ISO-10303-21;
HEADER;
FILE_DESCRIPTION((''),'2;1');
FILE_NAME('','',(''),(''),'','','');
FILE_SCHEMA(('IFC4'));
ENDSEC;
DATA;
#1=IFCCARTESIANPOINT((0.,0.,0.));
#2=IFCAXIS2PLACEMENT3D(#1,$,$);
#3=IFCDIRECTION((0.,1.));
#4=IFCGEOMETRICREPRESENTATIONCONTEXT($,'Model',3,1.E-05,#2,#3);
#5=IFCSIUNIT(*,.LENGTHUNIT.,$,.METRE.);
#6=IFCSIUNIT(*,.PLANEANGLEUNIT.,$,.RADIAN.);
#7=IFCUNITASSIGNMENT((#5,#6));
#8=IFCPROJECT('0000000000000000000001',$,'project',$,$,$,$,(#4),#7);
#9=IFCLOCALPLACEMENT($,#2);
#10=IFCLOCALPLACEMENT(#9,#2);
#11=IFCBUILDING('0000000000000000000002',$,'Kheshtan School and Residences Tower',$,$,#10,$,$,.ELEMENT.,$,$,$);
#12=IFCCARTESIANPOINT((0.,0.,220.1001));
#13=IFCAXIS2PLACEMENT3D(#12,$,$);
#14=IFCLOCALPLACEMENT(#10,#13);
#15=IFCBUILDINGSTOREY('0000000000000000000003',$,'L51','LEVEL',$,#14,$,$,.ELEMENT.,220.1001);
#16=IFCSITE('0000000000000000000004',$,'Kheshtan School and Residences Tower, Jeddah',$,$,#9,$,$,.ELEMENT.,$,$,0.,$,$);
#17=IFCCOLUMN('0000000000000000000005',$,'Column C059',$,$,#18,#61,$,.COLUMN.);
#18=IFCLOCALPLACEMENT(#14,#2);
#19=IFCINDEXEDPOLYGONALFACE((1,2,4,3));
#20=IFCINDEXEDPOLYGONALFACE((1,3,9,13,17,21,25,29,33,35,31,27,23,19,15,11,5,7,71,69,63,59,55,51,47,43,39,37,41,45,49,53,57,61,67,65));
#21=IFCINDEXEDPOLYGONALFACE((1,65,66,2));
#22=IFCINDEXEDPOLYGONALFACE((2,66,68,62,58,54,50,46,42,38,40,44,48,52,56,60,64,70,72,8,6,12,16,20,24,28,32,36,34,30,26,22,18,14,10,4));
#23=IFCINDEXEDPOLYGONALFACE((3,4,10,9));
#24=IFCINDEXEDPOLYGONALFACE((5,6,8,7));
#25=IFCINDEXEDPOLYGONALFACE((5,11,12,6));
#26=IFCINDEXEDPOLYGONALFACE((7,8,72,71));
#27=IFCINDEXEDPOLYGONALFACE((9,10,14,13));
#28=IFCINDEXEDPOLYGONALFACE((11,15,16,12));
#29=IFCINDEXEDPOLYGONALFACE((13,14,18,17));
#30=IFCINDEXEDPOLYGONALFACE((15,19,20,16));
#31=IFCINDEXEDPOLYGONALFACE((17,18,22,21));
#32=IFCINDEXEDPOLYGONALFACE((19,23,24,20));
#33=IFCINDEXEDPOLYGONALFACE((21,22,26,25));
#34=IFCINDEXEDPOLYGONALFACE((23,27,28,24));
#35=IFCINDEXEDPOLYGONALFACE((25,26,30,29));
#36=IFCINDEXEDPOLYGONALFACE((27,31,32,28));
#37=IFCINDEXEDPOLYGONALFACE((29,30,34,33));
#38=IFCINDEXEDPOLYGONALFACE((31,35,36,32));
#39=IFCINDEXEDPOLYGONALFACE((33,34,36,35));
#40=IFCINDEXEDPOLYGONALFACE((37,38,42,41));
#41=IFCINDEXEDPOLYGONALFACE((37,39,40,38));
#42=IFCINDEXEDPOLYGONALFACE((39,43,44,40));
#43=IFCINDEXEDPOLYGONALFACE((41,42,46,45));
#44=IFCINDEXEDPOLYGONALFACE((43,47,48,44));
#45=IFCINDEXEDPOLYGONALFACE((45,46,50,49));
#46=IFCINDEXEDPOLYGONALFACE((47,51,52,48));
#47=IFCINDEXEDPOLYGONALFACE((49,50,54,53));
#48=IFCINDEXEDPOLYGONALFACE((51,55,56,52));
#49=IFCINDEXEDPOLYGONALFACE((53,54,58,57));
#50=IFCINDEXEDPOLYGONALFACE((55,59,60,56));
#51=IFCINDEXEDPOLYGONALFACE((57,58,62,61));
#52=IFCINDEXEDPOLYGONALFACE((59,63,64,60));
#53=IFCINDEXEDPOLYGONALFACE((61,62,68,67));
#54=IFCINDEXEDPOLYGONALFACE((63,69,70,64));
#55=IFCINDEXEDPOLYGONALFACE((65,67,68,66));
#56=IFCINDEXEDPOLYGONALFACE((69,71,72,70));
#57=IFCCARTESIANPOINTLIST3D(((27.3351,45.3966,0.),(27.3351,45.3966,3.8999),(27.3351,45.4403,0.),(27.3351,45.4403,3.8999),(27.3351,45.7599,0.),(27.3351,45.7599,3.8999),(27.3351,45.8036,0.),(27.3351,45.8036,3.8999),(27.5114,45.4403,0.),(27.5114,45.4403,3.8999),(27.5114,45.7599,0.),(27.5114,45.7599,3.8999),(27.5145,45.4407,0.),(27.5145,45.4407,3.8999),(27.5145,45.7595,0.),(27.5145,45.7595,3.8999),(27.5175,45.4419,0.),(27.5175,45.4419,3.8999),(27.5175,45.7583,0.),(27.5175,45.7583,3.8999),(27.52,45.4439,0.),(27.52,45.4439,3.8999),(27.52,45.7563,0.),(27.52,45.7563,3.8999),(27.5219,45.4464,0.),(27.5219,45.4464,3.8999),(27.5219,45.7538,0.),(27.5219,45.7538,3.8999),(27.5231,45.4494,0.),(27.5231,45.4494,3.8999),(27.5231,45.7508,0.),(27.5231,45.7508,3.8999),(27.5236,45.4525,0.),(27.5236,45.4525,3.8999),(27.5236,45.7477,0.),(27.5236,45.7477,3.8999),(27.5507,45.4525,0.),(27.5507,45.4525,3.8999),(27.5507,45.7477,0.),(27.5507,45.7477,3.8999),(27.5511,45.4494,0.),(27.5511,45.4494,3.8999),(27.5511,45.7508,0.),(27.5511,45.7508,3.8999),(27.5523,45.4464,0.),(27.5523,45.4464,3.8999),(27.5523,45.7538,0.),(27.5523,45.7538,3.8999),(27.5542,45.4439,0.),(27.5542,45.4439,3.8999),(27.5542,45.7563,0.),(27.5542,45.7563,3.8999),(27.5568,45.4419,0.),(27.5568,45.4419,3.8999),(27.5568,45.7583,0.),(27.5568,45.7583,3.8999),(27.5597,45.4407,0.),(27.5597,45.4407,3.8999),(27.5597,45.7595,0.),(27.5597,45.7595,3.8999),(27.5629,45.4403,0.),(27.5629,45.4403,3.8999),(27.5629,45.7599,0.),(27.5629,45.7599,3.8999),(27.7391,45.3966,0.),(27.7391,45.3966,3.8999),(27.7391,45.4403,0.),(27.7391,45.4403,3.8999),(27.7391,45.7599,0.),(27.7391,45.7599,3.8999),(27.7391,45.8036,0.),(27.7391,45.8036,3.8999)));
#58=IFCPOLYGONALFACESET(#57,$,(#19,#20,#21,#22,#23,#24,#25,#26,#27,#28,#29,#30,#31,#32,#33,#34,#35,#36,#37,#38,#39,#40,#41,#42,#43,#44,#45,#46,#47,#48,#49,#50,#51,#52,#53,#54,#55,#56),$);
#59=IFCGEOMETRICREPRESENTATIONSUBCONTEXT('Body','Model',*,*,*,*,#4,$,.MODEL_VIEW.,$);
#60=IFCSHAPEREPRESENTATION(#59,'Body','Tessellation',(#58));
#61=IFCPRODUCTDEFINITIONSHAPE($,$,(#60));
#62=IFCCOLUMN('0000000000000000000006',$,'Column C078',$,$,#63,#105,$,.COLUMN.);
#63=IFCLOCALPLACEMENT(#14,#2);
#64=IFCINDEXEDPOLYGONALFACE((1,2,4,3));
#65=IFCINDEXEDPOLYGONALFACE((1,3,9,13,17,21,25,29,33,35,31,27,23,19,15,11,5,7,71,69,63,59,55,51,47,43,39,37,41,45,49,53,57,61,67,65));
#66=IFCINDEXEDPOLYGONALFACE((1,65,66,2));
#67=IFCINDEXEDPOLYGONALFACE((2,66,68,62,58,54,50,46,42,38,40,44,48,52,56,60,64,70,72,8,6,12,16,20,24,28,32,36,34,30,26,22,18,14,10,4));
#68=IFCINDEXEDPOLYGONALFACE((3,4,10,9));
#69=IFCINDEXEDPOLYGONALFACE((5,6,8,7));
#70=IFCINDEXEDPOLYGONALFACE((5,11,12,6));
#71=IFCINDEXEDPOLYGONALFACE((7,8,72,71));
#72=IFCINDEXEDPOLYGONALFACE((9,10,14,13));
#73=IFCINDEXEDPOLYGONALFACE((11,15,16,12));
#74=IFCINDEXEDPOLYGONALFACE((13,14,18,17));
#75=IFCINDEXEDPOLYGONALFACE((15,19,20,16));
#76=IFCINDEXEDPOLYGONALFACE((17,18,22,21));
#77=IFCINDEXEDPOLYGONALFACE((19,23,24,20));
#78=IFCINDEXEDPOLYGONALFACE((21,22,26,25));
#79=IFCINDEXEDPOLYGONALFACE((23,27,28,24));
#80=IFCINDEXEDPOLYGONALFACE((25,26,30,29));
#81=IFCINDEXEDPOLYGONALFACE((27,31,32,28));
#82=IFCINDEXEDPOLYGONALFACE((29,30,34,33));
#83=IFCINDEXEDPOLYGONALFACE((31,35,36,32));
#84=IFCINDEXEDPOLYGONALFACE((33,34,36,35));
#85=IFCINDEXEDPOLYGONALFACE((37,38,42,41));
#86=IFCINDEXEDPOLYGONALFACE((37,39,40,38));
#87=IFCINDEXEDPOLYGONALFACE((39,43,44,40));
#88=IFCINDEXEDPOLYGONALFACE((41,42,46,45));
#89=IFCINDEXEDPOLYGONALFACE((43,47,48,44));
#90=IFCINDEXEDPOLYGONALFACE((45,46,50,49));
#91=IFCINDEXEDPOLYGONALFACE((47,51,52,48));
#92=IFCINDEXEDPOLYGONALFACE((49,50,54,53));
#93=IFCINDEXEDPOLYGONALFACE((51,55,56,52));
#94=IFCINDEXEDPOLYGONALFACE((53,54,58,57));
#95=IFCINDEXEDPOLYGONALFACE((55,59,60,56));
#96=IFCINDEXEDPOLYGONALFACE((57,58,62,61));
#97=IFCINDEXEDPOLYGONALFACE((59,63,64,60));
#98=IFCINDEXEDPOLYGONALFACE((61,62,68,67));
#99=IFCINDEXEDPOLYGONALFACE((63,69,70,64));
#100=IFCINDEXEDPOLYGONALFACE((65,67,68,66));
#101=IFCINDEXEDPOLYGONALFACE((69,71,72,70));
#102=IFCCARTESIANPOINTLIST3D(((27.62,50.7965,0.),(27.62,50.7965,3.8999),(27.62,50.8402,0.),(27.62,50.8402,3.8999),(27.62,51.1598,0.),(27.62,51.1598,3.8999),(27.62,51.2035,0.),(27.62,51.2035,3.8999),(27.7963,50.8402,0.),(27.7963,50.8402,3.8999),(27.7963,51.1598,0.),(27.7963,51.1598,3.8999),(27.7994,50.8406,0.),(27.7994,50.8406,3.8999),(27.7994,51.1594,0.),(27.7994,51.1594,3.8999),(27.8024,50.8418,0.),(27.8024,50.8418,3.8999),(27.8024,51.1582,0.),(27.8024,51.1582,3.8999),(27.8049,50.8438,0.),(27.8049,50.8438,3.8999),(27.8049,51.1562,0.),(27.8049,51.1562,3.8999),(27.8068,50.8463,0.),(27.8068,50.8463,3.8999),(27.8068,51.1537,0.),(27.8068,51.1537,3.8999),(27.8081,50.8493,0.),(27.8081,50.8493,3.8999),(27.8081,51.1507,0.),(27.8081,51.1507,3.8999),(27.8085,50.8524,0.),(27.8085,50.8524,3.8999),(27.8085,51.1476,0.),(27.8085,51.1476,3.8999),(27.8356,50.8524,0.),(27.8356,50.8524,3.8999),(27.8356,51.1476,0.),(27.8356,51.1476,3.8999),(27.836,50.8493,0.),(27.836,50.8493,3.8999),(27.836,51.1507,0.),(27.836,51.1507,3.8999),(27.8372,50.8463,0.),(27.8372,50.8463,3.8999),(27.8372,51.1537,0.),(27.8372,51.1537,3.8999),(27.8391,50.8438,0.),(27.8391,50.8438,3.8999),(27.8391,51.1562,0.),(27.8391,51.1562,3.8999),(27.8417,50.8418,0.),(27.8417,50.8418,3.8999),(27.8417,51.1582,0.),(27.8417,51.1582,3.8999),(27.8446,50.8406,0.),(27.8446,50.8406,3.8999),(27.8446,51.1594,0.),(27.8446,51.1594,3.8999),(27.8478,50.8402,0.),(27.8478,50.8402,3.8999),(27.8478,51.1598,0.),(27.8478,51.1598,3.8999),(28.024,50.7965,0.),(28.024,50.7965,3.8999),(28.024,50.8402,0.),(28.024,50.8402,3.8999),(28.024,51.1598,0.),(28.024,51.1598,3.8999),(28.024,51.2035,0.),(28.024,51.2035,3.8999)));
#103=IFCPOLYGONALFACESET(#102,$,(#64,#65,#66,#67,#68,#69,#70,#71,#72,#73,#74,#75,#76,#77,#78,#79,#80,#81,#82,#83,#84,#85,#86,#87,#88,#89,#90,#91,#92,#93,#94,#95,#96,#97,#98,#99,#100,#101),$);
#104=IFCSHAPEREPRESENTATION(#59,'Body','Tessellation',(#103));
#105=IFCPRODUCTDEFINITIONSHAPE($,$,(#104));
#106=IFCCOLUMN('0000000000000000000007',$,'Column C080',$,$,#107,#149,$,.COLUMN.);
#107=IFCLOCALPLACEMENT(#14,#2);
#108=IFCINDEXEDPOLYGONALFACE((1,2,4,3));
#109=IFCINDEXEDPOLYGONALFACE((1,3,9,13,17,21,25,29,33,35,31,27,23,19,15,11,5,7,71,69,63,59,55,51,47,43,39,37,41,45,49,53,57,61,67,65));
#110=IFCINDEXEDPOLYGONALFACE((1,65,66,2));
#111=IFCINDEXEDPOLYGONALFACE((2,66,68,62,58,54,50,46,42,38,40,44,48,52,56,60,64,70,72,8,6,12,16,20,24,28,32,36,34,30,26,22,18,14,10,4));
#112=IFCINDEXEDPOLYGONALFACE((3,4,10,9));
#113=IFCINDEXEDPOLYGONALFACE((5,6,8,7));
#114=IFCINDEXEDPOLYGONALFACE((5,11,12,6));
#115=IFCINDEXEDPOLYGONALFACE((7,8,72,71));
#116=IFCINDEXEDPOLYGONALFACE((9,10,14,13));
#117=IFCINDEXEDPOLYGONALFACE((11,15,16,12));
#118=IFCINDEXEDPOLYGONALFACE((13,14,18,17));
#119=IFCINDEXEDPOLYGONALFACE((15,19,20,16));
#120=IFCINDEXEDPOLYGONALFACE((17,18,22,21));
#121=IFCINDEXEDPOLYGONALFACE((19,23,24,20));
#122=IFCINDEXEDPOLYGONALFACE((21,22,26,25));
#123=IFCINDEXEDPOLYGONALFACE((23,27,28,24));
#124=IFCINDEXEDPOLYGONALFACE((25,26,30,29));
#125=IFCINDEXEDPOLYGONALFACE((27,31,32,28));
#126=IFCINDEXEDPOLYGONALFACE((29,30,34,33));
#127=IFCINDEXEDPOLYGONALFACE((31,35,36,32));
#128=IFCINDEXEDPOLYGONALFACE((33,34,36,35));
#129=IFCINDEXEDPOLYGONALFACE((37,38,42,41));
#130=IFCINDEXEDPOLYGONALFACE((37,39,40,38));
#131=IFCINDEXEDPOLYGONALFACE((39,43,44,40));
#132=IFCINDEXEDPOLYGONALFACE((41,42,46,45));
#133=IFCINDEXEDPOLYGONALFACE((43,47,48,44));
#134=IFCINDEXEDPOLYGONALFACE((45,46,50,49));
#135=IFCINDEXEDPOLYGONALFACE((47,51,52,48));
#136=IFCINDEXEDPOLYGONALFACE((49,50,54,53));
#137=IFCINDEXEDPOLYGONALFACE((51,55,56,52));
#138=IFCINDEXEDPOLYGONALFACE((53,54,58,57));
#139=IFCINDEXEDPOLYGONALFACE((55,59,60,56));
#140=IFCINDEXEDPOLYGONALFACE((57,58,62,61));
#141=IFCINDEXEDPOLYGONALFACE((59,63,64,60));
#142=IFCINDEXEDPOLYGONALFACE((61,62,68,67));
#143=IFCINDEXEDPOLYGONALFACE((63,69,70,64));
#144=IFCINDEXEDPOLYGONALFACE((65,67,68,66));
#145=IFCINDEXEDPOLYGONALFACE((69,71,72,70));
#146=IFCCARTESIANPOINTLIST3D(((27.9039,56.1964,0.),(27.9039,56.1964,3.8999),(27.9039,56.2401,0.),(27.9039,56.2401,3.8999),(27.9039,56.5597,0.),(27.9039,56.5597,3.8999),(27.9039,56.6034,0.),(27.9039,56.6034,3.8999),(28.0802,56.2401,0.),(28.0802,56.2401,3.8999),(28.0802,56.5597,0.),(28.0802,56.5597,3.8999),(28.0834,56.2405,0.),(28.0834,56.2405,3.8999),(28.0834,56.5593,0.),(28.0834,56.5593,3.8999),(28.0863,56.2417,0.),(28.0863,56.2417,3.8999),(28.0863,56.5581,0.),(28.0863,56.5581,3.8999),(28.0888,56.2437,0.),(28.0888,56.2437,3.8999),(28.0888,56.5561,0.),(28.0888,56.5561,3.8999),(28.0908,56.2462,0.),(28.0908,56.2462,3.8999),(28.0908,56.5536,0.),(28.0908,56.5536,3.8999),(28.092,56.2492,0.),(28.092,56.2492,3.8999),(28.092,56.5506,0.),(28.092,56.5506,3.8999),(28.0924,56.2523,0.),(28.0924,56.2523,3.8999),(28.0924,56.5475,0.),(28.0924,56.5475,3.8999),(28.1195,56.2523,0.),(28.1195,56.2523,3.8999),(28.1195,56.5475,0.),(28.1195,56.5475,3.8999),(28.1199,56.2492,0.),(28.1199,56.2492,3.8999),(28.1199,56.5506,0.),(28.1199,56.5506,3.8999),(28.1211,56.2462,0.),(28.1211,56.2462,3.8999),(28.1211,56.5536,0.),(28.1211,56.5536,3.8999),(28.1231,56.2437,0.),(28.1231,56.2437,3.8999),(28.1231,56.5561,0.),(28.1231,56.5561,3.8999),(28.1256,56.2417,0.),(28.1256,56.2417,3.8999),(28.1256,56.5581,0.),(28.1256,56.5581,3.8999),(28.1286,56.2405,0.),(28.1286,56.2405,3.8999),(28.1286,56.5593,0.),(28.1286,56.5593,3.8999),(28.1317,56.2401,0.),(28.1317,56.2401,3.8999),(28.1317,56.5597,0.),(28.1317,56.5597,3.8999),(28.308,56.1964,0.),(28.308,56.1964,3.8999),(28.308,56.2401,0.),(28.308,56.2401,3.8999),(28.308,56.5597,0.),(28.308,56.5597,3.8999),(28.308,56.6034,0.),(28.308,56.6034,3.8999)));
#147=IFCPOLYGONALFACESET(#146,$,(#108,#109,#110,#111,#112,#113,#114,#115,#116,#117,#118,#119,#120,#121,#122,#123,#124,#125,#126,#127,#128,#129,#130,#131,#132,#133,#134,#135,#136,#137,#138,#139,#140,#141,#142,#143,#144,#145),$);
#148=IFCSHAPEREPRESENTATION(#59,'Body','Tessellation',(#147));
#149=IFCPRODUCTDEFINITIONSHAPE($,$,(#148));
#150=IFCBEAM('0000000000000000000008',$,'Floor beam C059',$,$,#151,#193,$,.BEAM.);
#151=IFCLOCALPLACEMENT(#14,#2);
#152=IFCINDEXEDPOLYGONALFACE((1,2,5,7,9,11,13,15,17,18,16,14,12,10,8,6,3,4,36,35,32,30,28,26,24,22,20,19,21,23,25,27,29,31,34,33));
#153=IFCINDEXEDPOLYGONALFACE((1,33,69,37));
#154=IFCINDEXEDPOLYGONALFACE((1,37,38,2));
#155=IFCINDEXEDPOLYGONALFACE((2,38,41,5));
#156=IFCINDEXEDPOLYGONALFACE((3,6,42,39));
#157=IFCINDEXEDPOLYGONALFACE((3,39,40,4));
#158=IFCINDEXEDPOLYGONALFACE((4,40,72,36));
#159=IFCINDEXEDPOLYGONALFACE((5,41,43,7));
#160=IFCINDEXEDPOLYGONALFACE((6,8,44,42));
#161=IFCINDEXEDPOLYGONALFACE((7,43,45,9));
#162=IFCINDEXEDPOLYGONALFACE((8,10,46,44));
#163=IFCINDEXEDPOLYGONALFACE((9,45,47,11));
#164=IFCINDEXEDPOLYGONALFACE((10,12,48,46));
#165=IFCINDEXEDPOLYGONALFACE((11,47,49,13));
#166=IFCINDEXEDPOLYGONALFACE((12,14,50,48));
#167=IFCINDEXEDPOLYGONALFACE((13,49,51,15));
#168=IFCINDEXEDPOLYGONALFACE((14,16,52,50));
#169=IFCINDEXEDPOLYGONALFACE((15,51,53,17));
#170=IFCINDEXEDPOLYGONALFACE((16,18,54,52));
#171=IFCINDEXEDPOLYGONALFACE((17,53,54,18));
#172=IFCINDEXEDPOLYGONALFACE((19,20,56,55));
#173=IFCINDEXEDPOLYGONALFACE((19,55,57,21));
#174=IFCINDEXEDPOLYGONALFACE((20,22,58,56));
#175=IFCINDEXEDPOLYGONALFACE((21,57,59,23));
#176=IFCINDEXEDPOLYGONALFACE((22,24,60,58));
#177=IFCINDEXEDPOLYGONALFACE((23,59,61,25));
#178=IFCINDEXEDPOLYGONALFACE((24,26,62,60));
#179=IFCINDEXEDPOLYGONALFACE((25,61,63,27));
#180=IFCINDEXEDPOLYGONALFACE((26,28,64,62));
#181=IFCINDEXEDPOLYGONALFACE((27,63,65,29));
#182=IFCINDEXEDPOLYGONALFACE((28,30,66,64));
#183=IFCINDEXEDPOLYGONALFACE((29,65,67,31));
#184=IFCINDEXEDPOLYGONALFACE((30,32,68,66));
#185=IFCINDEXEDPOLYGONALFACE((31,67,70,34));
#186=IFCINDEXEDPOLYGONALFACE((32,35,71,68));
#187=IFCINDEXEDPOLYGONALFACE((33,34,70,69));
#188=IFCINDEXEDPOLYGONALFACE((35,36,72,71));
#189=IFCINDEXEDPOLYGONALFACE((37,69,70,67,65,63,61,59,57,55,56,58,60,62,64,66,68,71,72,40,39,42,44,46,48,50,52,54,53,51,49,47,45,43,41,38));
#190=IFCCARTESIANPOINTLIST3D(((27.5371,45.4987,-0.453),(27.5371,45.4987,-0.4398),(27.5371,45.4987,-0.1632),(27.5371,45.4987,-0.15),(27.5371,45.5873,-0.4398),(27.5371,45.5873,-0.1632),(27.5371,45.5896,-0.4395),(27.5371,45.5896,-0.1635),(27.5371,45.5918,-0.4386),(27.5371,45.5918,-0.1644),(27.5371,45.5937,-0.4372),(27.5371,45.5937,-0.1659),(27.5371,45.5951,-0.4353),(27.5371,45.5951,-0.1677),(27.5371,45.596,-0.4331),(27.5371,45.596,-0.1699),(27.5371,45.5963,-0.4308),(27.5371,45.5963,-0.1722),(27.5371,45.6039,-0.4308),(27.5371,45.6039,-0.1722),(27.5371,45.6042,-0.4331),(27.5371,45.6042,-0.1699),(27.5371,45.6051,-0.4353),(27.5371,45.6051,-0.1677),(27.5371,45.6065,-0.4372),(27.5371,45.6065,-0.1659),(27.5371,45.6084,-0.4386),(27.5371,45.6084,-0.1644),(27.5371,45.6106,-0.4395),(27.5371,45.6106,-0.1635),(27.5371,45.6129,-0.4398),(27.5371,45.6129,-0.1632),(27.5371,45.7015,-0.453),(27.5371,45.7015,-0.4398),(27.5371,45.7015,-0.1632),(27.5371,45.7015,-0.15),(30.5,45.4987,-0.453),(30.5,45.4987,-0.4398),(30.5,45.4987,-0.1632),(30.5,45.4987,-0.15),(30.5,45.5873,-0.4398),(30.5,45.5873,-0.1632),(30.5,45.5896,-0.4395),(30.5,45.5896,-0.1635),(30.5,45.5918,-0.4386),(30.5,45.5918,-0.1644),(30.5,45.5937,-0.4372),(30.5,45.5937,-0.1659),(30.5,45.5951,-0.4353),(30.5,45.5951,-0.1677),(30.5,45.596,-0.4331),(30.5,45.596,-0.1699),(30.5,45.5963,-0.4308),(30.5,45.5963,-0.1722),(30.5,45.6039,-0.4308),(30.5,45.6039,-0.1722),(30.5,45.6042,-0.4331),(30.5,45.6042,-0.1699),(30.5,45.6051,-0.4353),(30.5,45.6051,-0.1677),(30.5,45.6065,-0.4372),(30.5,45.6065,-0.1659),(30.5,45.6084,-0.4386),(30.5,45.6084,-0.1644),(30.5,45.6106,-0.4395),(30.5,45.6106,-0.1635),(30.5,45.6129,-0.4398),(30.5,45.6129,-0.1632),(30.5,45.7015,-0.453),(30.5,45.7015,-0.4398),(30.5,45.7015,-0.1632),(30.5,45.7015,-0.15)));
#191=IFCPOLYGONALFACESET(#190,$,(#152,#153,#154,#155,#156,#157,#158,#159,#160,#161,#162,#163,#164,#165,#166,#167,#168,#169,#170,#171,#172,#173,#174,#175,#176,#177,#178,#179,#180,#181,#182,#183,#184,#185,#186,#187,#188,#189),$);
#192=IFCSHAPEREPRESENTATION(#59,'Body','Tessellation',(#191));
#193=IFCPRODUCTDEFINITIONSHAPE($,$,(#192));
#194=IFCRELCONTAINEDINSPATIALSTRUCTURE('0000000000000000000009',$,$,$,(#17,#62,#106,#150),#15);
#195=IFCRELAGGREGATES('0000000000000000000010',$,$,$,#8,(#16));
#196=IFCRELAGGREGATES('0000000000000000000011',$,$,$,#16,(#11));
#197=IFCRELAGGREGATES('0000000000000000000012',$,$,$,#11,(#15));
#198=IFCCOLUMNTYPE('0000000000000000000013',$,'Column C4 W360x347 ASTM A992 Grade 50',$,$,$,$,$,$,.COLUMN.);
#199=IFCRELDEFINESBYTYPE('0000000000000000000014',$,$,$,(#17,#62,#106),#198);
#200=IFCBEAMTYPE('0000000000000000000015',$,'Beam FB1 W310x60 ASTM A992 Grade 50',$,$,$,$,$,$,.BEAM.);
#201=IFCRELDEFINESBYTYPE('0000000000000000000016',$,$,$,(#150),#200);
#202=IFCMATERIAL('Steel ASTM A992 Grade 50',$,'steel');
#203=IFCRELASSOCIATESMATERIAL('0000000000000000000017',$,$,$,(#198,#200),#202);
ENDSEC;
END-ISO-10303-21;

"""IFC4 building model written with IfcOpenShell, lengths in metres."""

from ifc_helpers import new_model, si_unit, direction, frame, origin, origin_2d, place, context, subcontext, project, spatial, i_section, extrude, material, material_profile, profile_set, type_object, element, save


model = new_model("IFC4")

# Units and contexts
model_context = context("Model", 3, precision=1e-05, world=origin(), true_north=direction((0.0, 1.0)))
body_context = subcontext(model_context, "Body", "Model", "MODEL_VIEW")
ifc_project = project(units=[si_unit("LENGTHUNIT", "METRE"), si_unit("PLANEANGLEUNIT", "RADIAN")], contexts=[model_context])

# Site, building, storey
site_placement = place(None, origin())
site = spatial("IfcSite", under=ifc_project, at=site_placement, Name="Kheshtan School and Residences Tower, Jeddah", CompositionType="ELEMENT", RefElevation=0.0)
building_placement = place(site_placement, origin())
building = spatial("IfcBuilding", under=site, at=building_placement, Name="Kheshtan School and Residences Tower", CompositionType="ELEMENT")
storey_placement = place(building_placement, frame((0.0, 0.0, 220.1001)))
storey = spatial("IfcBuildingStorey", under=building, at=storey_placement, Name="L51", Description="LEVEL", CompositionType="ELEMENT", Elevation=220.1001)

# Columns
ifc_material_1 = material(Name="Steel ASTM A992 Grade 50", Category="steel")
ifc_material_profile_1 = material_profile(ifc_material_1, i_section(OverallWidth=0.4041, OverallDepth=0.407, WebThickness=0.0271, FlangeThickness=0.0437, FilletRadius=0.0122, at=origin_2d()), Name="W360x347")
ifc_profile_set_1 = profile_set([ifc_material_profile_1], Name="Steel ASTM A992 Grade 50")
column_type = type_object("IfcColumnType", Name="Column C4 W360x347 ASTM A992 Grade 50", PredefinedType="COLUMN", material=ifc_profile_set_1)
for number, where, z_axis, x_axis, name in (
    (1, (27.5371, 45.6001, 0.0), (0.0, 0.0, 1.0), (1.0, 0.0, 0.0), "Column C059"),
    (2, (27.822, 51.0, 0.0), (0.0, 0.0, 1.0), (1.0, 0.0, 0.0), "Column C078"),
    (3, (28.106, 56.3999, 0.0), (0.0, 0.0, 1.0), (1.0, 0.0, 0.0), "Column C080"),
):
    element("IfcColumn", number, at=place(storey_placement, frame(where, z_axis=z_axis, x_axis=x_axis)), inside=storey, type_object=column_type, Name=name, PredefinedType="COLUMN", context=body_context, shape_type="SweptSolid", body=[
        extrude(i_section(OverallWidth=0.4041, OverallDepth=0.407, WebThickness=0.0271, FlangeThickness=0.0437, FilletRadius=0.0122, at=origin_2d()), origin(), (0.0, 0.0, 1.0), 3.8999),
    ])

# Beam
ifc_material_profile_2 = material_profile(ifc_material_1, i_section(OverallWidth=0.2029, OverallDepth=0.303, WebThickness=0.0076, FlangeThickness=0.0132, FilletRadius=0.009, at=origin_2d()), Name="W310x60")
ifc_profile_set_2 = profile_set([ifc_material_profile_2], Name="Steel ASTM A992 Grade 50")
beam_type_1 = type_object("IfcBeamType", Name="Beam FB1 W310x60 ASTM A992 Grade 50", PredefinedType="BEAM", material=ifc_profile_set_2)
beam_placement = place(storey_placement, frame((27.5371, 45.6001, -0.3015), z_axis=(1.0, 0.0, 0.0), x_axis=(0.0, 1.0, 0.0)))
element("IfcBeam", 4, at=beam_placement, inside=storey, type_object=beam_type_1, Name="Floor beam C059", PredefinedType="BEAM", context=body_context, shape_type="SweptSolid", body=[
    extrude(i_section(OverallWidth=0.2029, OverallDepth=0.303, WebThickness=0.0076, FlangeThickness=0.0132, FilletRadius=0.009, at=origin_2d()), origin(), (0.0, 0.0, 1.0), 2.9629),
])

save(model, "model.ifc")
